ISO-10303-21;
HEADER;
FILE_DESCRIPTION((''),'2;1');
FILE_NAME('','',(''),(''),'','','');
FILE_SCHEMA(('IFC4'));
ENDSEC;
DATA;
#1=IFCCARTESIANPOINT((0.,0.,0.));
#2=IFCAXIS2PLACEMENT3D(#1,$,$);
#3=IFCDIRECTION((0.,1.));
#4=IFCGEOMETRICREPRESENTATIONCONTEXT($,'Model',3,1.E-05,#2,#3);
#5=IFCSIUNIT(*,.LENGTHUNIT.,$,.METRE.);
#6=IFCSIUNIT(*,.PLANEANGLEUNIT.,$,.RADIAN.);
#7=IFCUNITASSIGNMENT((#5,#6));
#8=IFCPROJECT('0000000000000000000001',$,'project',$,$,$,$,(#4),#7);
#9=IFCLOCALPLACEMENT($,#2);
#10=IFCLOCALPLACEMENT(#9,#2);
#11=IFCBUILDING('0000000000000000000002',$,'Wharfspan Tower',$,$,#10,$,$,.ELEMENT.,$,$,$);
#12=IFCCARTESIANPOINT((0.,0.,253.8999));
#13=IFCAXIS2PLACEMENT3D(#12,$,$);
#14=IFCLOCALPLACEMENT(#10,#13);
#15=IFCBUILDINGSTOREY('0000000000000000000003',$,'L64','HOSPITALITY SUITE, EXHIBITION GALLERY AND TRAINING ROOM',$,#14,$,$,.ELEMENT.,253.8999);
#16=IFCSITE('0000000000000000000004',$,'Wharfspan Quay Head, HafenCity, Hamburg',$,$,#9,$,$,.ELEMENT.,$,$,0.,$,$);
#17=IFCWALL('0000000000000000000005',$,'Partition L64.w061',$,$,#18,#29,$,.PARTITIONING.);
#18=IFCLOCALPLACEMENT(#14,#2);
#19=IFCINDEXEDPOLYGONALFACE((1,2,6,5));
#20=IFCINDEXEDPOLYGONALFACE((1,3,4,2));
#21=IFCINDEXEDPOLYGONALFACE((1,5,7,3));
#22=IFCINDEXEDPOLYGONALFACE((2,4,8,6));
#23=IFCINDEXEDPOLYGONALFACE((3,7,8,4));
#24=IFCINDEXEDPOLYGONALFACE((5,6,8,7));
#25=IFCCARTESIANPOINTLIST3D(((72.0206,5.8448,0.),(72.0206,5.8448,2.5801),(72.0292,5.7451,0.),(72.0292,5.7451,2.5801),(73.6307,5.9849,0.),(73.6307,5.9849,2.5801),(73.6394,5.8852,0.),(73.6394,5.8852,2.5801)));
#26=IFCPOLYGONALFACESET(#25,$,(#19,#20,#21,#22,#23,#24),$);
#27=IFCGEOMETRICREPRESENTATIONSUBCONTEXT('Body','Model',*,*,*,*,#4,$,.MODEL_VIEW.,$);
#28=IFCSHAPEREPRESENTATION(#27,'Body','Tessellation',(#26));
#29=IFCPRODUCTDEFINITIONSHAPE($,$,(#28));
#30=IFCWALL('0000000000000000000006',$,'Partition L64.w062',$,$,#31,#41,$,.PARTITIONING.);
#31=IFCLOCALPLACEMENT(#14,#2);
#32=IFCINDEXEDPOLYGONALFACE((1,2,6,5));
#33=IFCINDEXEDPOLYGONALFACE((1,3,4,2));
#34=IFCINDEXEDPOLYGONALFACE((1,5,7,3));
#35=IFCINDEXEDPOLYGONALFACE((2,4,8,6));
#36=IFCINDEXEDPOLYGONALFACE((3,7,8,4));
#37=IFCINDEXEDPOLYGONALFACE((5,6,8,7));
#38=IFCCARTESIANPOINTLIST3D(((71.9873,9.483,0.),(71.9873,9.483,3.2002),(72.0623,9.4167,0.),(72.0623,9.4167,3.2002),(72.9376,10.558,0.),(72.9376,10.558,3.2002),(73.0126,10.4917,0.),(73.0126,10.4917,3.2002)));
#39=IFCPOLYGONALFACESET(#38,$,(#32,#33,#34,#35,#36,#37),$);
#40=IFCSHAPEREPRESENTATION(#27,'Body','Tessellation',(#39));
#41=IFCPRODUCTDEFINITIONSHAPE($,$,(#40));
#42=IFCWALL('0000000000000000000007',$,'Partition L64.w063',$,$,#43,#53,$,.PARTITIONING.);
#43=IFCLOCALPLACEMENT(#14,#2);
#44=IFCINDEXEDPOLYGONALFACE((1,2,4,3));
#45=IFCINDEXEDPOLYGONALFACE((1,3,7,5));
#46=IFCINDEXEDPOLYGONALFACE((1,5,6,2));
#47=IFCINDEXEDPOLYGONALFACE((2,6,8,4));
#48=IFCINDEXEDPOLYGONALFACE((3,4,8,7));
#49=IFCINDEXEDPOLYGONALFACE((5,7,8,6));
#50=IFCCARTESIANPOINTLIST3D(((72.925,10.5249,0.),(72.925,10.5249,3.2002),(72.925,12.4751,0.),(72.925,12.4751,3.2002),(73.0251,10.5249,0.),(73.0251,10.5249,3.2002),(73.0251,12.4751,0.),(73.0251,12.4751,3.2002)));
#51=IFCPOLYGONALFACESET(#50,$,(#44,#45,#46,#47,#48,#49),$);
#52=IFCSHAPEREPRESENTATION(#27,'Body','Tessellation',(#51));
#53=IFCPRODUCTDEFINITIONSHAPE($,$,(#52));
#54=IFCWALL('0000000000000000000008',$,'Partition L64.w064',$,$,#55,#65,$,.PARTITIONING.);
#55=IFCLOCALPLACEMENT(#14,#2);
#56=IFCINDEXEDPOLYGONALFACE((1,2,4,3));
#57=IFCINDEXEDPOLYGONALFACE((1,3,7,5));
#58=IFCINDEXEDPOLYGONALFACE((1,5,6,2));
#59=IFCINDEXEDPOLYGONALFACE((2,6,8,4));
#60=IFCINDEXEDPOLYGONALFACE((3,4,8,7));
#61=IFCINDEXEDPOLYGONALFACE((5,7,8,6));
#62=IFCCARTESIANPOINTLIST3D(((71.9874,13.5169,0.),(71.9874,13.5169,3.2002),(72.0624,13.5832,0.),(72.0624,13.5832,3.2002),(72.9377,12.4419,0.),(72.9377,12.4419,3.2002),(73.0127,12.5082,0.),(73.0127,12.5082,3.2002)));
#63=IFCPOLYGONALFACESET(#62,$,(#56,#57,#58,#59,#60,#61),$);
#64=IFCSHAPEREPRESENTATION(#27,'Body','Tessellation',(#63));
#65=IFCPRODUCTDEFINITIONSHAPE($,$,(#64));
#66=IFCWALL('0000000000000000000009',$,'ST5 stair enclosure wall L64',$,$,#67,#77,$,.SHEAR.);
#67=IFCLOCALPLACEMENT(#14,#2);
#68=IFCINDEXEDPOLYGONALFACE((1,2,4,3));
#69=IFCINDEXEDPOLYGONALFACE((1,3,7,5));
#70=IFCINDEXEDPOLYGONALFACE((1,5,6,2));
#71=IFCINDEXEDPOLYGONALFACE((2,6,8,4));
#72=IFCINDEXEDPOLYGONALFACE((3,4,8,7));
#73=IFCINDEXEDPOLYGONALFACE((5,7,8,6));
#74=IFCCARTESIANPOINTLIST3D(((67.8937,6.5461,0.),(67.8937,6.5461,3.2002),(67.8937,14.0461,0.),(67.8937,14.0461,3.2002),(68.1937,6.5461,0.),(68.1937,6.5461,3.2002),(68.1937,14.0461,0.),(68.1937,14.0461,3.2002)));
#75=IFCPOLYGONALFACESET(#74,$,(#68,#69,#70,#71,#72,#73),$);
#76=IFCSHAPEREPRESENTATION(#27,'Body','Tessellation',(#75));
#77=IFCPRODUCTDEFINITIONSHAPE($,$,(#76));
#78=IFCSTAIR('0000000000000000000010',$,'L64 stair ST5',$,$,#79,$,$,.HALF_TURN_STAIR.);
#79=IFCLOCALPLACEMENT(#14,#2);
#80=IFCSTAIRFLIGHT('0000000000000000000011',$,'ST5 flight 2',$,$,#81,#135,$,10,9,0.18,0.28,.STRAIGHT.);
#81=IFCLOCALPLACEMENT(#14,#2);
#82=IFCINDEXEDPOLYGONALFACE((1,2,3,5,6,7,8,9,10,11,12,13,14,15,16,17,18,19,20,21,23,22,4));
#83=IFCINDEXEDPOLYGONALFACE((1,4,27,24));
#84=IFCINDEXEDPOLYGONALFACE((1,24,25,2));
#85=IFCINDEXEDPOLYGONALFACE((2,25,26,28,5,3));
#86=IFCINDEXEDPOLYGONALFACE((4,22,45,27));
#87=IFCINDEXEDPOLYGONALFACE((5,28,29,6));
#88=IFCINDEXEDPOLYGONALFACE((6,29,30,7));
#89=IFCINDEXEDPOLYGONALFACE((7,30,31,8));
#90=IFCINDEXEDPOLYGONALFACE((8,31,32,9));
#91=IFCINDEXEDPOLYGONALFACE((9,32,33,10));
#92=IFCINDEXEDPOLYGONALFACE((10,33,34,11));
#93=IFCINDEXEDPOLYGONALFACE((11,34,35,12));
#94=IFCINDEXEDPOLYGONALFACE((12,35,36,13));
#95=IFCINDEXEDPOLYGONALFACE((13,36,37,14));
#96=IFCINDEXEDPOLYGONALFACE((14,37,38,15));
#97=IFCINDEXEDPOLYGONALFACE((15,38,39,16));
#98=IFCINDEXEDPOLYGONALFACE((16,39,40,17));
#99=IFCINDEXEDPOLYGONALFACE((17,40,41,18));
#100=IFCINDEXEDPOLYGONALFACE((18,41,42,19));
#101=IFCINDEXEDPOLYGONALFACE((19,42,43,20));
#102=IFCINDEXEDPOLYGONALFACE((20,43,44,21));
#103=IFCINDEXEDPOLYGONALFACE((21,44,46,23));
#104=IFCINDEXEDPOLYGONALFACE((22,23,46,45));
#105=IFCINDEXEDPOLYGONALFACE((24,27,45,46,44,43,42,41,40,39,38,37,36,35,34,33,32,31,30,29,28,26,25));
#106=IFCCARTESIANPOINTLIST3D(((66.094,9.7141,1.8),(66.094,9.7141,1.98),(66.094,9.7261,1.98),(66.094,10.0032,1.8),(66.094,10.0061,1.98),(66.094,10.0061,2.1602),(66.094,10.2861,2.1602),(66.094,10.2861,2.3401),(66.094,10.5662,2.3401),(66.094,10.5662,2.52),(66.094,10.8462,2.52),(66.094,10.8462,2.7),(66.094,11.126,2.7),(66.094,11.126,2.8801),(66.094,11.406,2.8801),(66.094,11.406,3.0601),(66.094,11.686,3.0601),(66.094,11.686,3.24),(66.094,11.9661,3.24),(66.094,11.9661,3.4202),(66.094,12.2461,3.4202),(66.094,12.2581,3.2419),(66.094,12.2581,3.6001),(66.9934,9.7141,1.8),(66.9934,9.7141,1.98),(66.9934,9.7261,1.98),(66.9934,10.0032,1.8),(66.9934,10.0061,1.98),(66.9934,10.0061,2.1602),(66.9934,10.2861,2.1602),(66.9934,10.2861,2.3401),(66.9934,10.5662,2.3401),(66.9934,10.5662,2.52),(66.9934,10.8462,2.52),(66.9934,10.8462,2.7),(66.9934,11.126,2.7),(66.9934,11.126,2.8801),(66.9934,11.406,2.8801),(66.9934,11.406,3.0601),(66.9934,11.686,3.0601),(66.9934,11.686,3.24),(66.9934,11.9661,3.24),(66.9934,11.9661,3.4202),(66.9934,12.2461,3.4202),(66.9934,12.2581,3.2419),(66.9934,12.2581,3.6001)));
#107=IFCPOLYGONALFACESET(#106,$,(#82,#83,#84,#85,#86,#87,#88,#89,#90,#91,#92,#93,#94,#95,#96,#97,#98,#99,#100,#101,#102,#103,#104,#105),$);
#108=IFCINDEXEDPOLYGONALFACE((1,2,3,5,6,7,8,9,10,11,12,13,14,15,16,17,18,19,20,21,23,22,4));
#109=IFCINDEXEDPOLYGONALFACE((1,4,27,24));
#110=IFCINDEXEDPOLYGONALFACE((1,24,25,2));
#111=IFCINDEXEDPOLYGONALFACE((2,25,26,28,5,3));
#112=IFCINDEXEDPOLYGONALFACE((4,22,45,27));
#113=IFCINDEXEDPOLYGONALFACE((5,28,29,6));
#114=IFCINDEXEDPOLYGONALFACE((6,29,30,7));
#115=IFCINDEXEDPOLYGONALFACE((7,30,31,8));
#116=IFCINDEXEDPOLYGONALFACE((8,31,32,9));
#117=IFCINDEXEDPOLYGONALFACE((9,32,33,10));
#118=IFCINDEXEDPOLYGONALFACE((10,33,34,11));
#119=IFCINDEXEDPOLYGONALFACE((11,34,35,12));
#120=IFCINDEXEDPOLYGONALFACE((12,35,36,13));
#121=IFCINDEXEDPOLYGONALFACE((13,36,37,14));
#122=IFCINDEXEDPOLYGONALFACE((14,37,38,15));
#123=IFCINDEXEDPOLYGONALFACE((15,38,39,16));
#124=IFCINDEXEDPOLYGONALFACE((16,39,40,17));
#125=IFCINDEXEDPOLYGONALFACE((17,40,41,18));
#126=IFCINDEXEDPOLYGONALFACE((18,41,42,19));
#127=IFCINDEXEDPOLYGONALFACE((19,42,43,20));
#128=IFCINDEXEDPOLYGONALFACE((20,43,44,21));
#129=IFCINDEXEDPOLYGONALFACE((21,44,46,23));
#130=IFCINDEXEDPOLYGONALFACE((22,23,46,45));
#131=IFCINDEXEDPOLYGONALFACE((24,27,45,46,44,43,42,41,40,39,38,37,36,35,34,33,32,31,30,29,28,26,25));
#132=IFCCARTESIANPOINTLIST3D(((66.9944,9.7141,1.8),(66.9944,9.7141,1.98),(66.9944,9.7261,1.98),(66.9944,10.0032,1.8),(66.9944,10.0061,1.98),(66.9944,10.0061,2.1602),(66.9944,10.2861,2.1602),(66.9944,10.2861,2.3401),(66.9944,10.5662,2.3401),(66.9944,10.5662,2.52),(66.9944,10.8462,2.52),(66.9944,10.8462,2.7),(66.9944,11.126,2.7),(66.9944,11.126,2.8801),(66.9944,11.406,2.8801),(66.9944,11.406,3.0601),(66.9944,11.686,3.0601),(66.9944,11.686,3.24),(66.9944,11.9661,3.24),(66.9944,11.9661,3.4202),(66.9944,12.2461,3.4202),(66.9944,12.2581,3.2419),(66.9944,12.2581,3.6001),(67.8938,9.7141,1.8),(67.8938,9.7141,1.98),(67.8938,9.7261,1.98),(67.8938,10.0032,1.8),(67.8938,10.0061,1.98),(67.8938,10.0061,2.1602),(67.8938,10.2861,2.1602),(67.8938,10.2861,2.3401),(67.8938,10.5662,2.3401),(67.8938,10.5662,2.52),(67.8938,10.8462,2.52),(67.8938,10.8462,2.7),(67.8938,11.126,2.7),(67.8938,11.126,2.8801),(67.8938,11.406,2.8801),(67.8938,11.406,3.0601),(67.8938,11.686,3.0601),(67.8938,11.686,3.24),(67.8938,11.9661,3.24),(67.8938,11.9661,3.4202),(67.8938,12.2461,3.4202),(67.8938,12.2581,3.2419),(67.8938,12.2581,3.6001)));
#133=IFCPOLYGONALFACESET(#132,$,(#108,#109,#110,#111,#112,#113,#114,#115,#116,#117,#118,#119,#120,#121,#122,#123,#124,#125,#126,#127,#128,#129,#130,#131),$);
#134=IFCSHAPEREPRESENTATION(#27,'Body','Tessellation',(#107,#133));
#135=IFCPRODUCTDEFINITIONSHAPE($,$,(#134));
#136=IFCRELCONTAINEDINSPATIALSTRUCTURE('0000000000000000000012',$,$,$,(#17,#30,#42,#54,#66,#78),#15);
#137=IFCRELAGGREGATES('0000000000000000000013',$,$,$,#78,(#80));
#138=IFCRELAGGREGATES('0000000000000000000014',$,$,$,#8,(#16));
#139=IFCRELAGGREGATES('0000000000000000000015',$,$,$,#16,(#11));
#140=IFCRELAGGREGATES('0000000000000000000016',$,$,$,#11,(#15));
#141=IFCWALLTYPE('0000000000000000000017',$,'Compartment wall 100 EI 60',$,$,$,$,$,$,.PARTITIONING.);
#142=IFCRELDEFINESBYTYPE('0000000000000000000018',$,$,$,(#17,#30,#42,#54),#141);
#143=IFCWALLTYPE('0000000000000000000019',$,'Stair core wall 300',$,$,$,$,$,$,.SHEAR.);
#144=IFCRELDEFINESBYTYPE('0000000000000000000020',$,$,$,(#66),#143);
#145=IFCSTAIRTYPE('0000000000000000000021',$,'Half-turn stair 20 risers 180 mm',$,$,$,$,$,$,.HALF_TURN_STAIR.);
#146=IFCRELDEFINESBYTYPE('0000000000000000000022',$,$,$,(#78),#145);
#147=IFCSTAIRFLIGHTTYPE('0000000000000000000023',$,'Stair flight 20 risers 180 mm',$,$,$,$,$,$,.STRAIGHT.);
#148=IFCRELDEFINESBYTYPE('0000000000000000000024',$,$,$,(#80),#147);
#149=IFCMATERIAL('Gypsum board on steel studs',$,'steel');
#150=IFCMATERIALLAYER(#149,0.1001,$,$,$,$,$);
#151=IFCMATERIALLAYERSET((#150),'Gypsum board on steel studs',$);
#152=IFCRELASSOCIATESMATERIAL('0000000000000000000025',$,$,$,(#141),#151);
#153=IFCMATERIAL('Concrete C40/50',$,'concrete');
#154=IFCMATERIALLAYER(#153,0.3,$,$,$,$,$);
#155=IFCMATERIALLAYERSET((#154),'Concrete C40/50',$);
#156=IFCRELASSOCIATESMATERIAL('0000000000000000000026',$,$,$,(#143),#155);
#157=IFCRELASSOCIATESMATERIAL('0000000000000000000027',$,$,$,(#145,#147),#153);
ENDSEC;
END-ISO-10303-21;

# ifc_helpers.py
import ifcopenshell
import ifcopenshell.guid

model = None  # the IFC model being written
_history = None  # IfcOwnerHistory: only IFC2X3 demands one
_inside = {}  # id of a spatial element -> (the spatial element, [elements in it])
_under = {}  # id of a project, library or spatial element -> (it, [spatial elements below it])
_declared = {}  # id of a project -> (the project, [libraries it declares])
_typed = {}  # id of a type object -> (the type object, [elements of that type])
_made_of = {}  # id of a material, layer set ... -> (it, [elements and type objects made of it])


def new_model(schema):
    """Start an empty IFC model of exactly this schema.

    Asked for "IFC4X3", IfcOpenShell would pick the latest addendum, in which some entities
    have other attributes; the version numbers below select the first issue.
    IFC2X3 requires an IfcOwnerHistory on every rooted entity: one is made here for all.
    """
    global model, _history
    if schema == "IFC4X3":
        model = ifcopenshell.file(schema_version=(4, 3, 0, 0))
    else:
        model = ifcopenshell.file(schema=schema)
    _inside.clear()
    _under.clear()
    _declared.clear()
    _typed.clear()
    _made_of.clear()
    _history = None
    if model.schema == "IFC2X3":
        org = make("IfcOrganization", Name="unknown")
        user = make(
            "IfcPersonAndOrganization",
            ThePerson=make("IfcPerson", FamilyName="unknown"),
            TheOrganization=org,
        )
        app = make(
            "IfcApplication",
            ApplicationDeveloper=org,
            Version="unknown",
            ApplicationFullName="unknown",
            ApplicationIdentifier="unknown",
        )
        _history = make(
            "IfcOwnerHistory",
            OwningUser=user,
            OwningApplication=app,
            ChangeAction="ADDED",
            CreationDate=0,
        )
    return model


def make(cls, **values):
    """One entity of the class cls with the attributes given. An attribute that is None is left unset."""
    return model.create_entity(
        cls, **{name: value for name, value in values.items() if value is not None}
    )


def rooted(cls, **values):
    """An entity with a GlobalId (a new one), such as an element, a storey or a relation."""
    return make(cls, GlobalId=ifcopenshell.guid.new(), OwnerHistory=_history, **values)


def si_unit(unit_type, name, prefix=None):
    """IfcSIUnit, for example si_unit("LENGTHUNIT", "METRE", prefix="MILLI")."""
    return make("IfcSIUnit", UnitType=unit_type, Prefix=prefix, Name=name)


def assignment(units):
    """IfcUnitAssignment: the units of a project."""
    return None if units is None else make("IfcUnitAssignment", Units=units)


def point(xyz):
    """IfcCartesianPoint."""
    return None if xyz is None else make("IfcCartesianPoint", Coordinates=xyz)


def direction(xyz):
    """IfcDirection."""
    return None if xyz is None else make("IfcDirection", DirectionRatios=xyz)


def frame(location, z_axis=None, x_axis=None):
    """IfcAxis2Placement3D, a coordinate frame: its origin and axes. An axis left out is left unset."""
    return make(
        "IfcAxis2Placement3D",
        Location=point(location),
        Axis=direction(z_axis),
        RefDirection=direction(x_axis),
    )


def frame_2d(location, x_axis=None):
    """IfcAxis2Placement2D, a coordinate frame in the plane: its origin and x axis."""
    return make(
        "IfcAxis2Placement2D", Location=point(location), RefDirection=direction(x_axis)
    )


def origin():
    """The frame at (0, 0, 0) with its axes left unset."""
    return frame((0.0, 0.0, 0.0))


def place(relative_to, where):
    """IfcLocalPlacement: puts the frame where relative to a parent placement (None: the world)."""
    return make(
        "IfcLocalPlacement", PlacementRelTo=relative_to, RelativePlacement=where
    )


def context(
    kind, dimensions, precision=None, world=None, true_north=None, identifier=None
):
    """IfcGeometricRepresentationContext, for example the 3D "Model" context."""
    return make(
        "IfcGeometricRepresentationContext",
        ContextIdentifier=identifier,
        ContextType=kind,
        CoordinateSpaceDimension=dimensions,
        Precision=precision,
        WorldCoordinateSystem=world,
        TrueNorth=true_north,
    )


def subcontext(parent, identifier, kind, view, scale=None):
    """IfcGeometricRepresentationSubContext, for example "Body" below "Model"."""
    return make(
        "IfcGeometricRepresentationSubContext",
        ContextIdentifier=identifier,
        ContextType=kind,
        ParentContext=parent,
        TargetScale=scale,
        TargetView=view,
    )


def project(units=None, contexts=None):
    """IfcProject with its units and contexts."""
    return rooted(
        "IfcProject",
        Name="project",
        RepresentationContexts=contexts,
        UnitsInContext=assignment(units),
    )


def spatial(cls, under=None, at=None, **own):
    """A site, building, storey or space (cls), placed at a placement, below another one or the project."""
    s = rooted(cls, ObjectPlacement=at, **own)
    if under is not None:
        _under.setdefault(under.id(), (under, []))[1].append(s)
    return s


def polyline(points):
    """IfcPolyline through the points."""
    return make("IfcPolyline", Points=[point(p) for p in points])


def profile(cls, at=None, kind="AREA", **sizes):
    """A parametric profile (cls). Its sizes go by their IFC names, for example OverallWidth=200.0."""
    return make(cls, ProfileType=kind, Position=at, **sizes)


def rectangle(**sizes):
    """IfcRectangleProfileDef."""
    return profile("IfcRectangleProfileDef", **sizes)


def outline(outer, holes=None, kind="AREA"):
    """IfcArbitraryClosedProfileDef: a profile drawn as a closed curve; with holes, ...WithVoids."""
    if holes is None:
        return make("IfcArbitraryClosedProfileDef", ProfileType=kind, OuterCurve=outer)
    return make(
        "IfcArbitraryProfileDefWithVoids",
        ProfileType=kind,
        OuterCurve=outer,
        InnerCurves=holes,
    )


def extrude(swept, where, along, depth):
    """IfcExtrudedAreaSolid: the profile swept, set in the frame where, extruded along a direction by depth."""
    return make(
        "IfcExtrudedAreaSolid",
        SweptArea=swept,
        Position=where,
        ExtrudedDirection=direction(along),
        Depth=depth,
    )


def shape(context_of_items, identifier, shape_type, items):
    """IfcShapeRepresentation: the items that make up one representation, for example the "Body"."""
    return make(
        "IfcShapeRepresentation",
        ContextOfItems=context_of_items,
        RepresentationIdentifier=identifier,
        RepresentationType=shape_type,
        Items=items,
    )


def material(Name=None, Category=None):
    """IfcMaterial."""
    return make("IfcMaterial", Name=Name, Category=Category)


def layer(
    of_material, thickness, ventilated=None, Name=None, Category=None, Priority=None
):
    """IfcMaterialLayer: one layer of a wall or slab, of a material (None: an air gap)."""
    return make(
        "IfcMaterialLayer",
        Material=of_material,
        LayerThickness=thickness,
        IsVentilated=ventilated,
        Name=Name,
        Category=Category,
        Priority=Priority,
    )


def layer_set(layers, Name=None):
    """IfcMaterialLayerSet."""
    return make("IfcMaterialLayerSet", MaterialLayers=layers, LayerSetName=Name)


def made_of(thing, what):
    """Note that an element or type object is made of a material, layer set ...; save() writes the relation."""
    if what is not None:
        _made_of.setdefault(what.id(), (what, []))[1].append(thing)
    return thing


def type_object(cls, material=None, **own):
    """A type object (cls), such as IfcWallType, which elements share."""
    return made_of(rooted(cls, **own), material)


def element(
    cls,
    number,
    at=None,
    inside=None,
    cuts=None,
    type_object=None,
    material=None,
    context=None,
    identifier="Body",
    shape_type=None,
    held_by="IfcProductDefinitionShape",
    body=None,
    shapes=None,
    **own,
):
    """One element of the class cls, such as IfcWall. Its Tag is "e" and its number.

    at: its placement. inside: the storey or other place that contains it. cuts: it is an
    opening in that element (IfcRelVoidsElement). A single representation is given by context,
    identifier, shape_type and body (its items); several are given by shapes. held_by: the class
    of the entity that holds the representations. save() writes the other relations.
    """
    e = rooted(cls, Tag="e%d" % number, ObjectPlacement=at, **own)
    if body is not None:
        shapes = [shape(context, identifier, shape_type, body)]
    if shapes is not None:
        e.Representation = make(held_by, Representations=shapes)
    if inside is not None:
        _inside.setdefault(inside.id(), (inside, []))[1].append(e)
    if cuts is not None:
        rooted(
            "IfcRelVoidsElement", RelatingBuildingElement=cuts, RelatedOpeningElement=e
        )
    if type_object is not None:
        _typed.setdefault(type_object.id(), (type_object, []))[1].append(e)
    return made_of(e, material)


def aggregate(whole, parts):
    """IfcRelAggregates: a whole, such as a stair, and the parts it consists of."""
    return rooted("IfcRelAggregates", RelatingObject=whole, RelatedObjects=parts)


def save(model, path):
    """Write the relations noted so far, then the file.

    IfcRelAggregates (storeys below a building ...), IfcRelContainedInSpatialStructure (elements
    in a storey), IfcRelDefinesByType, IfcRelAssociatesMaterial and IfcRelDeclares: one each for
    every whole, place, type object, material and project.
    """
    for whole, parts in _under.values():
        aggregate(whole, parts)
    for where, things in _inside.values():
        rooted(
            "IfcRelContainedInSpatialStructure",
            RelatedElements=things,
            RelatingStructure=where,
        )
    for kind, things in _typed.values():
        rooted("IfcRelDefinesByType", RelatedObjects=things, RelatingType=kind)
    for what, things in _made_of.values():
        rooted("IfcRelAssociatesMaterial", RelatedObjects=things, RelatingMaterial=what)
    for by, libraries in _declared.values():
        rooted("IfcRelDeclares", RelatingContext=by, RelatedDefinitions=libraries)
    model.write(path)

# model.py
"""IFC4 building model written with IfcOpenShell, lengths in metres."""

from ifc_helpers import new_model, si_unit, direction, frame, frame_2d, origin, place, context, subcontext, project, spatial, polyline, rectangle, outline, extrude, material, layer, layer_set, type_object, element, aggregate, save


model = new_model("IFC4")

# Units and contexts
model_context = context("Model", 3, precision=1e-05, world=origin(), true_north=direction((0.0, 1.0)))
body_context = subcontext(model_context, "Body", "Model", "MODEL_VIEW")
ifc_project = project(units=[si_unit("LENGTHUNIT", "METRE"), si_unit("PLANEANGLEUNIT", "RADIAN")], contexts=[model_context])

# Site, building, storey
site_placement = place(None, origin())
site = spatial("IfcSite", under=ifc_project, at=site_placement, Name="Wharfspan Quay Head, HafenCity, Hamburg", CompositionType="ELEMENT", RefElevation=0.0)
building_placement = place(site_placement, origin())
building = spatial("IfcBuilding", under=site, at=building_placement, Name="Wharfspan Tower", CompositionType="ELEMENT")
storey_placement = place(building_placement, frame((0.0, 0.0, 253.8999)))
storey = spatial("IfcBuildingStorey", under=building, at=storey_placement, Name="L64", Description="HOSPITALITY SUITE, EXHIBITION GALLERY AND TRAINING ROOM", CompositionType="ELEMENT", Elevation=253.8999)

# Shared definitions
ifc_material_1 = material(Name="Gypsum board on steel studs", Category="steel")
ifc_layer_1 = layer(ifc_material_1, 0.1001)
ifc_layer_set_1 = layer_set([ifc_layer_1], Name="Gypsum board on steel studs")
wall_type_1 = type_object("IfcWallType", Name="Compartment wall 100 EI 60", PredefinedType="PARTITIONING", material=ifc_layer_set_1)

# Walls
wall_1_placement = place(storey_placement, frame((72.0249, 5.7949, 0.0), z_axis=(0.0, 0.0, 1.0), x_axis=(0.996236, 0.086708, 0.0)))
element("IfcWall", 1, at=wall_1_placement, inside=storey, type_object=wall_type_1, Name="Partition L64.w061", PredefinedType="PARTITIONING", context=body_context, shape_type="SweptSolid", body=[
    extrude(rectangle(XDim=1.6162, YDim=0.1001, at=frame_2d((0.8081, 0.0))), origin(), (0.0, 0.0, 1.0), 2.5801),
])
wall_2_placement = place(storey_placement, frame((72.0249, 9.45, 0.0), z_axis=(0.0, 0.0, 1.0), x_axis=(0.662295, 0.749251, 0.0)))
element("IfcWall", 2, at=wall_2_placement, inside=storey, type_object=wall_type_1, Name="Partition L64.w062", PredefinedType="PARTITIONING", context=body_context, shape_type="SweptSolid", body=[
    extrude(rectangle(XDim=1.4348, YDim=0.1001, at=frame_2d((0.7173, 0.0))), origin(), (0.0, 0.0, 1.0), 3.2002),
])
wall_3_placement = place(storey_placement, frame((72.9751, 10.5249, 0.0), z_axis=(0.0, 0.0, 1.0), x_axis=(0.0, 1.0, 0.0)))
element("IfcWall", 3, at=wall_3_placement, inside=storey, type_object=wall_type_1, Name="Partition L64.w063", PredefinedType="PARTITIONING", context=body_context, shape_type="SweptSolid", body=[
    extrude(rectangle(XDim=1.9502, YDim=0.1001, at=frame_2d((0.9751, 0.0))), origin(), (0.0, 0.0, 1.0), 3.2002),
])
wall_4_placement = place(storey_placement, frame((72.9751, 12.4751, 0.0), z_axis=(0.0, 0.0, 1.0), x_axis=(-0.662295, 0.749251, 0.0)))
element("IfcWall", 4, at=wall_4_placement, inside=storey, type_object=wall_type_1, Name="Partition L64.w064", PredefinedType="PARTITIONING", context=body_context, shape_type="SweptSolid", body=[
    extrude(rectangle(XDim=1.4348, YDim=0.1001, at=frame_2d((0.7173, 0.0))), origin(), (0.0, 0.0, 1.0), 3.2002),
])
ifc_material_2 = material(Name="Concrete C40/50", Category="concrete")
ifc_layer_2 = layer(ifc_material_2, 0.3)
ifc_layer_set_2 = layer_set([ifc_layer_2], Name="Concrete C40/50")
wall_type_2 = type_object("IfcWallType", Name="Stair core wall 300", PredefinedType="SHEAR", material=ifc_layer_set_2)
wall_5_placement = place(storey_placement, frame((68.0437, 6.5461, 0.0), z_axis=(0.0, 0.0, 1.0), x_axis=(0.0, 1.0, 0.0)))
element("IfcWall", 5, at=wall_5_placement, inside=storey, type_object=wall_type_2, Name="ST5 stair enclosure wall L64", PredefinedType="SHEAR", context=body_context, shape_type="SweptSolid", body=[
    extrude(rectangle(XDim=7.5, YDim=0.3, at=frame_2d((3.75, 0.0))), origin(), (0.0, 0.0, 1.0), 3.2002),
])

# Stair, stair flight
stair_type = type_object("IfcStairType", Name="Half-turn stair 20 risers 180 mm", PredefinedType="HALF_TURN_STAIR", material=ifc_material_2)
stair_placement = place(storey_placement, origin())
stair = element("IfcStair", 6, at=stair_placement, inside=storey, type_object=stair_type, Name="L64 stair ST5", PredefinedType="HALF_TURN_STAIR")
stair_flight_type = type_object("IfcStairFlightType", Name="Stair flight 20 risers 180 mm", PredefinedType="STRAIGHT", material=ifc_material_2)
stair_flight_placement = place(storey_placement, frame((66.9939, 9.7261, 1.8), z_axis=(0.0, 0.0, 1.0), x_axis=(0.0, 1.0, 0.0)))
stair_flight = element("IfcStairFlight", 7, at=stair_flight_placement, type_object=stair_flight_type, Name="ST5 flight 2", NumberOfRisers=10, NumberOfTreads=9, PredefinedType="STRAIGHT", RiserHeight=0.18, TreadLength=0.28, context=body_context, shape_type="SweptSolid", body=[
    extrude(outline(polyline([(-0.012, 0.0), (-0.012, 0.1799), (0.0, 0.1799), (0.28, 0.1799), (0.28, 0.3601), (0.5601, 0.3601), (0.5601, 0.54), (0.8401, 0.54), (0.8401, 0.72), (1.1201, 0.72), (1.1201, 0.8999), (1.3999, 0.8999), (1.3999, 1.0801), (1.6799, 1.0801), (1.6799, 1.26), (1.96, 1.26), (1.96, 1.4399), (2.24, 1.4399), (2.24, 1.6201), (2.52, 1.6201), (2.532, 1.8), (2.532, 1.4419), (0.2771, 0.0), (-0.012, 0.0)])), frame((0.0, 0.8999, 0.0), z_axis=(0.0, -1.0, 0.0), x_axis=(1.0, 0.0, 0.0)), (0.0, 0.0, 1.0), 0.8994),
    extrude(outline(polyline([(-0.012, 0.0), (-0.012, 0.1799), (0.0, 0.1799), (0.28, 0.1799), (0.28, 0.3601), (0.5601, 0.3601), (0.5601, 0.54), (0.8401, 0.54), (0.8401, 0.72), (1.1201, 0.72), (1.1201, 0.8999), (1.3999, 0.8999), (1.3999, 1.0801), (1.6799, 1.0801), (1.6799, 1.26), (1.96, 1.26), (1.96, 1.4399), (2.24, 1.4399), (2.24, 1.6201), (2.52, 1.6201), (2.532, 1.8), (2.532, 1.4419), (0.2771, 0.0), (-0.012, 0.0)])), frame((0.0, -0.0005, 0.0), z_axis=(0.0, -1.0, 0.0), x_axis=(1.0, 0.0, 0.0)), (0.0, 0.0, 1.0), 0.8994),
])
aggregate(stair, [stair_flight])

save(model, "model.ifc")
